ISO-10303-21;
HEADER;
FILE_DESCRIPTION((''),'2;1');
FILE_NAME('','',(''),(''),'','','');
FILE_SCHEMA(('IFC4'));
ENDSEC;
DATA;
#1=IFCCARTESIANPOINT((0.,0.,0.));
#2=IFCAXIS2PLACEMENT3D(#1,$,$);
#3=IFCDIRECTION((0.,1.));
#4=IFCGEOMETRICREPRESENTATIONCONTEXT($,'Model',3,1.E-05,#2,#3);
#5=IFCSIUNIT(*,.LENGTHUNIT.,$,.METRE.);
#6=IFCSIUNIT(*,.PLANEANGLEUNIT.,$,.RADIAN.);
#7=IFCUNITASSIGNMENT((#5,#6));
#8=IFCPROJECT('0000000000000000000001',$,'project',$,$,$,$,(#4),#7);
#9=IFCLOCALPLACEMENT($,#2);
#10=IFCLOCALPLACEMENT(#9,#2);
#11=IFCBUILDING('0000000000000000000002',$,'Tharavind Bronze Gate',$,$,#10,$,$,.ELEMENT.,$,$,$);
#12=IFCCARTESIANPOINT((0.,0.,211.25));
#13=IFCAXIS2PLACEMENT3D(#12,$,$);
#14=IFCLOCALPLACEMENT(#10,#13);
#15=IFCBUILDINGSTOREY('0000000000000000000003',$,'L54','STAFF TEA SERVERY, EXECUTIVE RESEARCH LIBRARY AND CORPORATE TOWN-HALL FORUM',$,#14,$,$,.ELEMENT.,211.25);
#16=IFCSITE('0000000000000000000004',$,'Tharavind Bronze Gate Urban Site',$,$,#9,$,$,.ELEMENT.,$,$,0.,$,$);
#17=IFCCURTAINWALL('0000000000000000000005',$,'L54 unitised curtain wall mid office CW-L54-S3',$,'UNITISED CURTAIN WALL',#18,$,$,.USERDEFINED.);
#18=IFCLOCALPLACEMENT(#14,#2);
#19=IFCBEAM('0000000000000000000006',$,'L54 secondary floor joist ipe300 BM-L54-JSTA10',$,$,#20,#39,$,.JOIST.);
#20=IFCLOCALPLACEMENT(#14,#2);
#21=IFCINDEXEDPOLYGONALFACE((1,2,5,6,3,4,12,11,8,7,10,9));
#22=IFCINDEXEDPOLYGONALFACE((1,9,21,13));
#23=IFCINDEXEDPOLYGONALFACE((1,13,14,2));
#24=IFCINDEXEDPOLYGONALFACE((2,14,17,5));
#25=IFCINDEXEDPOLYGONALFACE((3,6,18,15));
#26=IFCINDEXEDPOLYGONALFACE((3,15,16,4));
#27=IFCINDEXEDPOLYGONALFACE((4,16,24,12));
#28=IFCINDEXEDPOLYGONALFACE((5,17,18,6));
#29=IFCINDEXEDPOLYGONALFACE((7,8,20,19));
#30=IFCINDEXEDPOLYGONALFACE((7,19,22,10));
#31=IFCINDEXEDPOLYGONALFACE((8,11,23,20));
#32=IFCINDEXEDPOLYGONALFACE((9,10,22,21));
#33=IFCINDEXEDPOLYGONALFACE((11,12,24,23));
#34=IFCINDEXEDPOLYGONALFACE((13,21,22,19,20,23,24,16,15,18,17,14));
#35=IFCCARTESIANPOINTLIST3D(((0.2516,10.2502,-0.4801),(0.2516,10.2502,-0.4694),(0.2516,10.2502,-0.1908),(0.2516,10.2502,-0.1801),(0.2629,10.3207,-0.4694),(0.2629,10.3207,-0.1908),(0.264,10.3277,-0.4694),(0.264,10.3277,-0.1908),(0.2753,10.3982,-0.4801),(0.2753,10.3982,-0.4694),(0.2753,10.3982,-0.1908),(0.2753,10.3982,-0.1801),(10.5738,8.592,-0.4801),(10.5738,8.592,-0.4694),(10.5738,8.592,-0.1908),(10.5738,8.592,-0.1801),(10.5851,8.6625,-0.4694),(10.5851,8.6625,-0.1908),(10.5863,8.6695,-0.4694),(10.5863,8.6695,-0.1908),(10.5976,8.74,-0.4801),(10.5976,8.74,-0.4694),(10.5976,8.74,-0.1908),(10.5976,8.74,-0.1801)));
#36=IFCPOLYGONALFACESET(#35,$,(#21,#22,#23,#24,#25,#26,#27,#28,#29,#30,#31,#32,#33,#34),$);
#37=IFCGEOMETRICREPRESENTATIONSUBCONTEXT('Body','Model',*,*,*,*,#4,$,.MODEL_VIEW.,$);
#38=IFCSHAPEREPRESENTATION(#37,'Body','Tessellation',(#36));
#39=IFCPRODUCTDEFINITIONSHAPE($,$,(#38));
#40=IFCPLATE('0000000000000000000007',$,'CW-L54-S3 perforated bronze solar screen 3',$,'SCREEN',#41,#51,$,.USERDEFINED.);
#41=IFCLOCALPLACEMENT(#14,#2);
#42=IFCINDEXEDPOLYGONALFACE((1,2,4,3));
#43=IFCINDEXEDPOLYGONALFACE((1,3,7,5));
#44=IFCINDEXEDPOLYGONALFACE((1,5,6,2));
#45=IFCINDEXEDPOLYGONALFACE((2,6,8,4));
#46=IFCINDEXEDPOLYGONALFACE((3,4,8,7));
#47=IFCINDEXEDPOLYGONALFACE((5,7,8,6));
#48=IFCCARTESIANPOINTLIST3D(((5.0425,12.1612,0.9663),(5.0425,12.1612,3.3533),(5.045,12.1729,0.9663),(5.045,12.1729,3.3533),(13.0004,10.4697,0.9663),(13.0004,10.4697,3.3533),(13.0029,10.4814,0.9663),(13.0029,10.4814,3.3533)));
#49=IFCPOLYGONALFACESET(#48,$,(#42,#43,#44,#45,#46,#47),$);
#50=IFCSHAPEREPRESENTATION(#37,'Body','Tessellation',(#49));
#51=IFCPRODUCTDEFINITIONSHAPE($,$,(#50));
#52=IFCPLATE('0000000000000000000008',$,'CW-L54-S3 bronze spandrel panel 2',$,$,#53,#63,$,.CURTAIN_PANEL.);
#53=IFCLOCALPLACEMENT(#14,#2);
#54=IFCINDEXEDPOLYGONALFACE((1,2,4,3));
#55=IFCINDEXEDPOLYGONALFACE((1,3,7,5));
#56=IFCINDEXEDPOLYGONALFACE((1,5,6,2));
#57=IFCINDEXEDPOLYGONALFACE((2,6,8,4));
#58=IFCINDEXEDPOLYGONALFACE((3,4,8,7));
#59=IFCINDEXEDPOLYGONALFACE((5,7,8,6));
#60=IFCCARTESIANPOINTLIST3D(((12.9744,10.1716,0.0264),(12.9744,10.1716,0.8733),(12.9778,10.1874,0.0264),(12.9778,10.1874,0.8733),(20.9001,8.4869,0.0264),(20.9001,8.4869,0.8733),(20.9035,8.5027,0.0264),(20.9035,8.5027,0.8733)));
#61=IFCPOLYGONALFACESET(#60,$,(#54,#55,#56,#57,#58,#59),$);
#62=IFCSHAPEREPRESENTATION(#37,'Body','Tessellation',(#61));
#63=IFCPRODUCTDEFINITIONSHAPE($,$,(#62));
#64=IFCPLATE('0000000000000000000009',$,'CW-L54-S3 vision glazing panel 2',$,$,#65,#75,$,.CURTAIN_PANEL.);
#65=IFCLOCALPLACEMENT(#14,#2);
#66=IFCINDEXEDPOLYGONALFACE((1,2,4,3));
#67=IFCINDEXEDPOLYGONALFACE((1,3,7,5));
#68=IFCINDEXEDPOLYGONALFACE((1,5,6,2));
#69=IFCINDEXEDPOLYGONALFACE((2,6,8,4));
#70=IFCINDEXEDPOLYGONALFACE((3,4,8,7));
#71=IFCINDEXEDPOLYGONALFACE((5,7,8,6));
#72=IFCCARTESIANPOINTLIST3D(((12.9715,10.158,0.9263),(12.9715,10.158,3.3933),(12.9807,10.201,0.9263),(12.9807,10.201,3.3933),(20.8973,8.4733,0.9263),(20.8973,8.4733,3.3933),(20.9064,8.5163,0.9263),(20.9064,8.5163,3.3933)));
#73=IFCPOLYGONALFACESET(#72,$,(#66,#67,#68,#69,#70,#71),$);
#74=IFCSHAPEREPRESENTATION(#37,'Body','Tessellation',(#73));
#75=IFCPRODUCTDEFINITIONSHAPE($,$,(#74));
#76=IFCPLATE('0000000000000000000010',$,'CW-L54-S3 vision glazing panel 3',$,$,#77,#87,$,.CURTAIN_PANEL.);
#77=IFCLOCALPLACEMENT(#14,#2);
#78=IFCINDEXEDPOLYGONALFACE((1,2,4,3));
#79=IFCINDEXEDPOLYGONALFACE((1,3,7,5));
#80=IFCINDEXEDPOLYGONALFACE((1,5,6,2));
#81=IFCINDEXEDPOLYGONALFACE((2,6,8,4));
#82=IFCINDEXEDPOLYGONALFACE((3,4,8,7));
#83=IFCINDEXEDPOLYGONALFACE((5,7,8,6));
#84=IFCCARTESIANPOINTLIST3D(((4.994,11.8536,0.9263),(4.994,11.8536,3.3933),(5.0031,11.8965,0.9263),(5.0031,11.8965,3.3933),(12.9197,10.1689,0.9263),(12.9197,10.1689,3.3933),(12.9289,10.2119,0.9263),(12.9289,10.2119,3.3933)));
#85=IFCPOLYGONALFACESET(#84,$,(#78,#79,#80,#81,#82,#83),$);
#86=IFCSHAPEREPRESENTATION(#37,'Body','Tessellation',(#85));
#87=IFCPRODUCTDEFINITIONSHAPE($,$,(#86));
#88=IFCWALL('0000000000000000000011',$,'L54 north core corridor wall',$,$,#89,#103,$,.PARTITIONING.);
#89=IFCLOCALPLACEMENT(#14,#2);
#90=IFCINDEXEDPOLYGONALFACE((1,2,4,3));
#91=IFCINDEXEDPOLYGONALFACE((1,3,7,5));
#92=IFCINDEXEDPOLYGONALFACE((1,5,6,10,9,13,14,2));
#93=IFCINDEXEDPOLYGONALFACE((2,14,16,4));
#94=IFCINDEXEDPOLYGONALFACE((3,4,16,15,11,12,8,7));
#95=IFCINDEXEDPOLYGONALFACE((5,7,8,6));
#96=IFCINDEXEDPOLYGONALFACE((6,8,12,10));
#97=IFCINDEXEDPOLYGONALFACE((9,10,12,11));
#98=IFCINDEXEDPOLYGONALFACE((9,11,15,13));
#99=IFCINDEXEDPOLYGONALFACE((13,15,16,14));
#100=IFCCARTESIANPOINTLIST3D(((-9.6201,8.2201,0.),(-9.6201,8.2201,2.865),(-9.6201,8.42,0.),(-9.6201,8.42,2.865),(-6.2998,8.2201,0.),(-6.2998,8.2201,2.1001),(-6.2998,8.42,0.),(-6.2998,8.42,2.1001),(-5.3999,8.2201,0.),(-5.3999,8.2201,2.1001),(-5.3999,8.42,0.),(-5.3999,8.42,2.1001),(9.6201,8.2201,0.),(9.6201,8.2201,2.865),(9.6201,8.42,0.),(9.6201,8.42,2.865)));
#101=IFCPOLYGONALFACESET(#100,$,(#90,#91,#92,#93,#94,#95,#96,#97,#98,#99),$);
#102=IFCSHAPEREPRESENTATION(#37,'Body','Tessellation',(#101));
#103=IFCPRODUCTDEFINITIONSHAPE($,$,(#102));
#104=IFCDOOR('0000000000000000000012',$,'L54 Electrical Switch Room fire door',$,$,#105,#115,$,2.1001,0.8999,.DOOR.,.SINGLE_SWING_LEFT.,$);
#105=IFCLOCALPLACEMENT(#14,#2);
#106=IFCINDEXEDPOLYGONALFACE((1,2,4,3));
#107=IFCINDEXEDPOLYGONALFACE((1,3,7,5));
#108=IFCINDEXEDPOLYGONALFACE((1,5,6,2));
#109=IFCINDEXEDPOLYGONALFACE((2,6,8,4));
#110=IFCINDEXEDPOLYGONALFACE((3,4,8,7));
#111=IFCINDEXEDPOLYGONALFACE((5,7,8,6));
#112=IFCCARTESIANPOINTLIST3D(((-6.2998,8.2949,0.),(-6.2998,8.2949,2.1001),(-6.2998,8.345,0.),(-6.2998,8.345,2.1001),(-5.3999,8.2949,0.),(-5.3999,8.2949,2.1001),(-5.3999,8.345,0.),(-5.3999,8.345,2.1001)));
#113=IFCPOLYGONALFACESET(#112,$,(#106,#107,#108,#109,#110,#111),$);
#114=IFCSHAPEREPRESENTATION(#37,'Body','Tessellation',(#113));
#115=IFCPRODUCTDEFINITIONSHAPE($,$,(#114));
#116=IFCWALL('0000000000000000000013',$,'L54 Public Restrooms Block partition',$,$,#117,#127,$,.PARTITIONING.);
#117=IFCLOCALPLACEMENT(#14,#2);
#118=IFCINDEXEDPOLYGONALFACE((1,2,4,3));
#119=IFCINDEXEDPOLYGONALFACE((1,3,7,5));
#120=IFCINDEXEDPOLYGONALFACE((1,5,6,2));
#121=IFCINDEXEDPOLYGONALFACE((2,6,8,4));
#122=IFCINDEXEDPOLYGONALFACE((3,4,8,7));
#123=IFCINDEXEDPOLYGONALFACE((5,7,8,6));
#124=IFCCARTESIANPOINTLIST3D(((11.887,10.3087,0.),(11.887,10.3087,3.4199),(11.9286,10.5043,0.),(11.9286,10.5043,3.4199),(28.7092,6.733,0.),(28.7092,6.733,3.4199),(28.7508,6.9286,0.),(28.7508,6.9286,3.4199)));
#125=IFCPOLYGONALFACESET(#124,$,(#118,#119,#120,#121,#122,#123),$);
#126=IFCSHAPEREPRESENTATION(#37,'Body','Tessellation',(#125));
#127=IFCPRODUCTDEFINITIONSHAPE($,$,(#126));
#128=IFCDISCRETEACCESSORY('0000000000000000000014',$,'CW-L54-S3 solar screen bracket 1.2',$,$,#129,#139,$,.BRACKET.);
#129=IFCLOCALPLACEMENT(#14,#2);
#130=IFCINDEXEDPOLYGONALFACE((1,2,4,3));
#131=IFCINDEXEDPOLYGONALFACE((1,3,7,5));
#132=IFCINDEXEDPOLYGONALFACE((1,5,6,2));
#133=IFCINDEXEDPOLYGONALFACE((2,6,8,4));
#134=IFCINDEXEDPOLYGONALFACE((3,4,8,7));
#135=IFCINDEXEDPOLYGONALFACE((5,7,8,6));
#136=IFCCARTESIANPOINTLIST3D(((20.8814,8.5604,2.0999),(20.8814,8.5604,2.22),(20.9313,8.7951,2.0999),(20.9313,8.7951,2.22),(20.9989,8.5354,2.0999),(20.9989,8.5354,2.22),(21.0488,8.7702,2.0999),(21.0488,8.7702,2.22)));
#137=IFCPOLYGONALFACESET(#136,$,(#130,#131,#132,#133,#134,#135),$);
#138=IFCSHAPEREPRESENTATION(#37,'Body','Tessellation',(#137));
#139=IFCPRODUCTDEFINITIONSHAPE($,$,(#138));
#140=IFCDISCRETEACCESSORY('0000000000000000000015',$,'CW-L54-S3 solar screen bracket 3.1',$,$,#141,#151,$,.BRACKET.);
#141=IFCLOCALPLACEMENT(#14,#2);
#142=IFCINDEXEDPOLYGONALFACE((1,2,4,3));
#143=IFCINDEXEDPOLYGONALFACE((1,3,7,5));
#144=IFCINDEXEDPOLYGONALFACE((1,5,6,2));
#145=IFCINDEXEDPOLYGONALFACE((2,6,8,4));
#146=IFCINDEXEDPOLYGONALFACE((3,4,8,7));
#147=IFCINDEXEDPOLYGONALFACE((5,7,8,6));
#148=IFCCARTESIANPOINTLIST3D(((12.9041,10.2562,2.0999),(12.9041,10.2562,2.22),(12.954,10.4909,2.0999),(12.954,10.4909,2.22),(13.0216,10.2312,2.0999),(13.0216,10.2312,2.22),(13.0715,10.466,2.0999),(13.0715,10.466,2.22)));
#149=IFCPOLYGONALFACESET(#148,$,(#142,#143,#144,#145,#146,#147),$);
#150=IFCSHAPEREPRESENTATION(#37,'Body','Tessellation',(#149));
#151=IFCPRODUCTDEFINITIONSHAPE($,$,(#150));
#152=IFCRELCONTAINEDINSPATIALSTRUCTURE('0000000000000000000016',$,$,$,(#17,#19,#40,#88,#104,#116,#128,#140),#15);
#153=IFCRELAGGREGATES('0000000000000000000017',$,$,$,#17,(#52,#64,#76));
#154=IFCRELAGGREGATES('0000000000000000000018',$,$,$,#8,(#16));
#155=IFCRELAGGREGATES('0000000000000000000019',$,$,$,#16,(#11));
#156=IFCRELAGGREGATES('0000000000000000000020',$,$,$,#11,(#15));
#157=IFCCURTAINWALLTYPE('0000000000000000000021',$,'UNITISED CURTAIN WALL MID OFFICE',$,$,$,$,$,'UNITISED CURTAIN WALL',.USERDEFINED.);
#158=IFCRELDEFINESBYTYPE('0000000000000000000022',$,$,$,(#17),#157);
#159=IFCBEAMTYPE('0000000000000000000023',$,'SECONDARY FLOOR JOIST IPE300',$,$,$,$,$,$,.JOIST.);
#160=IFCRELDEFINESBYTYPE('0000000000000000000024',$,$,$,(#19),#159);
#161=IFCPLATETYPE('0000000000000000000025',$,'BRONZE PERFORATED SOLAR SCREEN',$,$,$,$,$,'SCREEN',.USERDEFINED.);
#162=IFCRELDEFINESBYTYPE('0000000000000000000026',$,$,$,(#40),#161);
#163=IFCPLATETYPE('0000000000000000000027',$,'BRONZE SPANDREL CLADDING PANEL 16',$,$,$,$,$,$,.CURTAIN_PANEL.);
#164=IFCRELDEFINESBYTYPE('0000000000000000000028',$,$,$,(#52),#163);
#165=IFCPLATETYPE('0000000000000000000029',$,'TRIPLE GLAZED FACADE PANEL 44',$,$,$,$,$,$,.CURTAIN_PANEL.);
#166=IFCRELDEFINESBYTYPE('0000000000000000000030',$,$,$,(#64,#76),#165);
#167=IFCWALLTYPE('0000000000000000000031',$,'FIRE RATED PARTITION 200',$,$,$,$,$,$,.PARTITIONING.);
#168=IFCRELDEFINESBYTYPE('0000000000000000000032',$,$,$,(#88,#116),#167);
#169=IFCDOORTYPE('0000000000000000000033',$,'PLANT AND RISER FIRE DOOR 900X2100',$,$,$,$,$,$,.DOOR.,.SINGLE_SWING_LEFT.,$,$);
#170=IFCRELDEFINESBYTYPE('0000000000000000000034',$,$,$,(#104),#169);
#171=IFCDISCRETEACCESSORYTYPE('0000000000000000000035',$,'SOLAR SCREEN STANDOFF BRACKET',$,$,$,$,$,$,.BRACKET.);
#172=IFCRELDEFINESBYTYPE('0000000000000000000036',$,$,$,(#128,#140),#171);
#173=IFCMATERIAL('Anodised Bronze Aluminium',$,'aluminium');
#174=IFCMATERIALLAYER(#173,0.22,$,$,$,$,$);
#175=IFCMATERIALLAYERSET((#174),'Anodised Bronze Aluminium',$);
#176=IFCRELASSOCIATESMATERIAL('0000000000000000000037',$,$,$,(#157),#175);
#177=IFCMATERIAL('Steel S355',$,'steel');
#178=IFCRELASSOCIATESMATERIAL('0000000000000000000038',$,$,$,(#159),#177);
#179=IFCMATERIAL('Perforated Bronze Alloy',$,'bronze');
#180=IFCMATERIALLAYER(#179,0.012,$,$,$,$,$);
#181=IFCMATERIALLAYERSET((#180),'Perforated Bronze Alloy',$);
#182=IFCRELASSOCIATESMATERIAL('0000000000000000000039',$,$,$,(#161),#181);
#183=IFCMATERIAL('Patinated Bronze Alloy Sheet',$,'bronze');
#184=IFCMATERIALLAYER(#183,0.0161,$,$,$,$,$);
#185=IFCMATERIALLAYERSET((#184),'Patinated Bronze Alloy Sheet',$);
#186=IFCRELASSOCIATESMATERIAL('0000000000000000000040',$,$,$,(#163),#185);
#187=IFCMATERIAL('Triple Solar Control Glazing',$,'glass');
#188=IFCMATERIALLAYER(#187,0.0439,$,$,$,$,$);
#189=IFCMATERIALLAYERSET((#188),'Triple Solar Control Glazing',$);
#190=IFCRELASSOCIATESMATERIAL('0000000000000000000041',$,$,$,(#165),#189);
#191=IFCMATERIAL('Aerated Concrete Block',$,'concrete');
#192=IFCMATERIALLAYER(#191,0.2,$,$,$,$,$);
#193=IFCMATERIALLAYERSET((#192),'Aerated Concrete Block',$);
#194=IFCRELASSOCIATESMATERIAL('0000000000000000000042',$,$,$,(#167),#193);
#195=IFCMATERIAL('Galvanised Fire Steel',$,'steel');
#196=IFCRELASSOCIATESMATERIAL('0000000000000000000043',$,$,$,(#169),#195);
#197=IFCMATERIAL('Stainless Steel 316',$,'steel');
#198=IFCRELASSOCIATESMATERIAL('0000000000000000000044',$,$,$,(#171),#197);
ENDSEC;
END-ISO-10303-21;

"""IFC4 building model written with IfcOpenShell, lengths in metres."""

from ifc_helpers import new_model, si_unit, direction, frame, frame_2d, origin, origin_2d, place, context, subcontext, project, spatial, rectangle, i_section, extrude, material, layer, layer_set, material_profile, profile_set, type_object, element, fill, aggregate, save


model = new_model("IFC4")

# Units and contexts
model_context = context("Model", 3, precision=1e-05, world=origin(), true_north=direction((0.0, 1.0)))
body_context = subcontext(model_context, "Body", "Model", "MODEL_VIEW")
ifc_project = project(units=[si_unit("LENGTHUNIT", "METRE"), si_unit("PLANEANGLEUNIT", "RADIAN")], contexts=[model_context])

# Site, building, storey
site_placement = place(None, origin())
site = spatial("IfcSite", under=ifc_project, at=site_placement, Name="Tharavind Bronze Gate Urban Site", CompositionType="ELEMENT", RefElevation=0.0)
building_placement = place(site_placement, origin())
building = spatial("IfcBuilding", under=site, at=building_placement, Name="Tharavind Bronze Gate", CompositionType="ELEMENT")
storey_placement = place(building_placement, frame((0.0, 0.0, 211.25)))
storey = spatial("IfcBuildingStorey", under=building, at=storey_placement, Name="L54", Description="STAFF TEA SERVERY, EXECUTIVE RESEARCH LIBRARY AND CORPORATE TOWN-HALL FORUM", CompositionType="ELEMENT", Elevation=211.25)

# Curtain wall
ifc_material_1 = material(Name="Anodised Bronze Aluminium", Category="aluminium")
ifc_layer_1 = layer(ifc_material_1, 0.22)
ifc_layer_set_1 = layer_set([ifc_layer_1], Name="Anodised Bronze Aluminium")
curtain_wall_type = type_object("IfcCurtainWallType", Name="UNITISED CURTAIN WALL MID OFFICE", ElementType="UNITISED CURTAIN WALL", PredefinedType="USERDEFINED", material=ifc_layer_set_1)
curtain_wall_placement = place(storey_placement, origin())
curtain_wall = element("IfcCurtainWall", 1, at=curtain_wall_placement, inside=storey, type_object=curtain_wall_type, Name="L54 unitised curtain wall mid office CW-L54-S3", ObjectType="UNITISED CURTAIN WALL", PredefinedType="USERDEFINED")

# Beam
ifc_material_2 = material(Name="Steel S355", Category="steel")
ifc_material_profile_1 = material_profile(ifc_material_2, i_section(OverallWidth=0.1499, OverallDepth=0.3, WebThickness=0.0071, FlangeThickness=0.0107, at=origin_2d()), Name="IPE300")
ifc_profile_set_1 = profile_set([ifc_material_profile_1], Name="Steel S355")
beam_type_1 = type_object("IfcBeamType", Name="SECONDARY FLOOR JOIST IPE300", PredefinedType="JOIST", material=ifc_profile_set_1)
beam_1_placement = place(storey_placement, frame((10.5857, 8.666, -0.3301), z_axis=(-0.987341, 0.15861, 0.0), x_axis=(-0.15861, -0.987341, 0.0)))
element("IfcBeam", 2, at=beam_1_placement, inside=storey, type_object=beam_type_1, Name="L54 secondary floor joist ipe300 BM-L54-JSTA10", PredefinedType="JOIST", context=body_context, shape_type="SweptSolid", body=[
    extrude(i_section(OverallWidth=0.1499, OverallDepth=0.3, WebThickness=0.0071, FlangeThickness=0.0107, at=origin_2d()), origin(), (0.0, 0.0, 1.0), 10.4546),
])

# Plates
ifc_material_3 = material(Name="Perforated Bronze Alloy", Category="bronze")
ifc_layer_2 = layer(ifc_material_3, 0.012)
ifc_layer_set_2 = layer_set([ifc_layer_2], Name="Perforated Bronze Alloy")
plate_type_1 = type_object("IfcPlateType", Name="BRONZE PERFORATED SOLAR SCREEN", ElementType="SCREEN", PredefinedType="USERDEFINED", material=ifc_layer_set_2)
plate_1_placement = place(storey_placement, frame((9.0227, 11.3213, 0.9663), z_axis=(0.0, 0.0, 1.0), x_axis=(-0.978148, 0.207912, 0.0)))
element("IfcPlate", 3, at=plate_1_placement, inside=storey, type_object=plate_type_1, Name="CW-L54-S3 perforated bronze solar screen 3", ObjectType="SCREEN", PredefinedType="USERDEFINED", context=body_context, shape_type="SweptSolid", body=[
    extrude(rectangle(XDim=8.1357, YDim=0.012, at=origin_2d()), origin(), (0.0, 0.0, 1.0), 2.387),
])
ifc_material_4 = material(Name="Patinated Bronze Alloy Sheet", Category="bronze")
ifc_layer_3 = layer(ifc_material_4, 0.0161)
ifc_layer_set_3 = layer_set([ifc_layer_3], Name="Patinated Bronze Alloy Sheet")
plate_type_2 = type_object("IfcPlateType", Name="BRONZE SPANDREL CLADDING PANEL 16", PredefinedType="CURTAIN_PANEL", material=ifc_layer_set_3)
plate_2_placement = place(storey_placement, frame((16.939, 9.3372, 0.0264), z_axis=(0.0, 0.0, 1.0), x_axis=(-0.978148, 0.207912, 0.0)))
plate_2 = element("IfcPlate", 4, at=plate_2_placement, type_object=plate_type_2, Name="CW-L54-S3 bronze spandrel panel 2", PredefinedType="CURTAIN_PANEL", context=body_context, shape_type="SweptSolid", body=[
    extrude(rectangle(XDim=8.1028, YDim=0.0161, at=origin_2d()), origin(), (0.0, 0.0, 1.0), 0.8469),
])
ifc_material_5 = material(Name="Triple Solar Control Glazing", Category="glass")
ifc_layer_4 = layer(ifc_material_5, 0.0439)
ifc_layer_set_4 = layer_set([ifc_layer_4], Name="Triple Solar Control Glazing")
plate_type_3 = type_object("IfcPlateType", Name="TRIPLE GLAZED FACADE PANEL 44", PredefinedType="CURTAIN_PANEL", material=ifc_layer_set_4)
plate_3_placement = place(storey_placement, frame((16.939, 9.3372, 0.9263), z_axis=(0.0, 0.0, 1.0), x_axis=(-0.978148, 0.207912, 0.0)))
plate_3 = element("IfcPlate", 5, at=plate_3_placement, type_object=plate_type_3, Name="CW-L54-S3 vision glazing panel 2", PredefinedType="CURTAIN_PANEL", context=body_context, shape_type="SweptSolid", body=[
    extrude(rectangle(XDim=8.1028, YDim=0.0439, at=origin_2d()), origin(), (0.0, 0.0, 1.0), 2.467),
])
plate_4_placement = place(storey_placement, frame((8.9614, 11.0327, 0.9263), z_axis=(0.0, 0.0, 1.0), x_axis=(-0.978148, 0.207912, 0.0)))
plate_4 = element("IfcPlate", 6, at=plate_4_placement, type_object=plate_type_3, Name="CW-L54-S3 vision glazing panel 3", PredefinedType="CURTAIN_PANEL", context=body_context, shape_type="SweptSolid", body=[
    extrude(rectangle(XDim=8.1028, YDim=0.0439, at=origin_2d()), origin(), (0.0, 0.0, 1.0), 2.467),
])
aggregate(curtain_wall, [plate_2, plate_3, plate_4])

# Wall, opening, door
ifc_material_6 = material(Name="Aerated Concrete Block", Category="concrete")
ifc_layer_5 = layer(ifc_material_6, 0.2)
ifc_layer_set_5 = layer_set([ifc_layer_5], Name="Aerated Concrete Block")
wall_type = type_object("IfcWallType", Name="FIRE RATED PARTITION 200", PredefinedType="PARTITIONING", material=ifc_layer_set_5)
wall_1_placement = place(storey_placement, frame((9.6201, 8.3201, 0.0), z_axis=(0.0, 0.0, 1.0), x_axis=(-1.0, 0.0, 0.0)))
wall_1 = element("IfcWall", 7, at=wall_1_placement, inside=storey, type_object=wall_type, Name="L54 north core corridor wall", PredefinedType="PARTITIONING", context=body_context, shape_type="SweptSolid", body=[
    extrude(rectangle(XDim=19.2402, YDim=0.2, at=frame_2d((9.6201, 0.0))), origin(), (0.0, 0.0, 1.0), 2.865),
])
opening_placement = place(wall_1_placement, frame((15.02, 0.0, 0.0)))
opening = element("IfcOpeningElement", 8, at=opening_placement, cuts=wall_1, PredefinedType="OPENING", context=body_context, shape_type="SweptSolid", body=[
    extrude(rectangle(XDim=0.8999, YDim=2.1001, at=frame_2d((0.45, 1.05))), frame((0.0, 0.1101, 0.0), z_axis=(0.0, -1.0, 0.0), x_axis=(1.0, 0.0, 0.0)), (0.0, 0.0, 1.0), 0.22),
])
ifc_material_7 = material(Name="Galvanised Fire Steel", Category="steel")
door_type = type_object("IfcDoorType", Name="PLANT AND RISER FIRE DOOR 900X2100", OperationType="SINGLE_SWING_LEFT", PredefinedType="DOOR", material=ifc_material_7)
door_placement = place(opening_placement, frame((0.8999, 0.0, 0.0), z_axis=(0.0, 0.0, 1.0), x_axis=(-1.0, 0.0, 0.0)))
door = element("IfcDoor", 9, at=door_placement, inside=storey, type_object=door_type, Name="L54 Electrical Switch Room fire door", OperationType="SINGLE_SWING_LEFT", OverallHeight=2.1001, OverallWidth=0.8999, PredefinedType="DOOR", context=body_context, shape_type="SweptSolid", body=[
    extrude(rectangle(XDim=0.8999, YDim=2.1001, at=frame_2d((0.45, 1.05))), frame((0.0, 0.0249, 0.0), z_axis=(0.0, -1.0, 0.0), x_axis=(1.0, 0.0, 0.0)), (0.0, 0.0, 1.0), 0.05),
])
fill(opening, door)

# Wall
wall_2_placement = place(storey_placement, frame((11.9077, 10.4065, 0.0), z_axis=(0.0, 0.0, 1.0), x_axis=(0.978148, -0.207912, 0.0)))
element("IfcWall", 10, at=wall_2_placement, inside=storey, type_object=wall_type, Name="L54 Public Restrooms Block partition", PredefinedType="PARTITIONING", context=body_context, shape_type="SweptSolid", body=[
    extrude(rectangle(XDim=17.198, YDim=0.2, at=frame_2d((8.5991, 0.0))), origin(), (0.0, 0.0, 1.0), 3.4199),
])

# Discrete accessories
ifc_material_8 = material(Name="Stainless Steel 316", Category="steel")
discrete_accessory_type = type_object("IfcDiscreteAccessoryType", Name="SOLAR SCREEN STANDOFF BRACKET", PredefinedType="BRACKET", material=ifc_material_8)
for number, where, z_axis, x_axis, name in (
    (11, (20.9651, 8.6653, 2.0999), (0.0, 0.0, 1.0), (-0.978148, 0.207912, 0.0), "CW-L54-S3 solar screen bracket 1.2"),
    (12, (12.9878, 10.3611, 2.0999), (0.0, 0.0, 1.0), (-0.978148, 0.207912, 0.0), "CW-L54-S3 solar screen bracket 3.1"),
):
    element("IfcDiscreteAccessory", number, at=place(storey_placement, frame(where, z_axis=z_axis, x_axis=x_axis)), inside=storey, type_object=discrete_accessory_type, Name=name, PredefinedType="BRACKET", context=body_context, shape_type="SweptSolid", body=[
        extrude(rectangle(XDim=0.1201, YDim=0.24, at=origin_2d()), origin(), (0.0, 0.0, 1.0), 0.1201),
    ])

save(model, "model.ifc")
